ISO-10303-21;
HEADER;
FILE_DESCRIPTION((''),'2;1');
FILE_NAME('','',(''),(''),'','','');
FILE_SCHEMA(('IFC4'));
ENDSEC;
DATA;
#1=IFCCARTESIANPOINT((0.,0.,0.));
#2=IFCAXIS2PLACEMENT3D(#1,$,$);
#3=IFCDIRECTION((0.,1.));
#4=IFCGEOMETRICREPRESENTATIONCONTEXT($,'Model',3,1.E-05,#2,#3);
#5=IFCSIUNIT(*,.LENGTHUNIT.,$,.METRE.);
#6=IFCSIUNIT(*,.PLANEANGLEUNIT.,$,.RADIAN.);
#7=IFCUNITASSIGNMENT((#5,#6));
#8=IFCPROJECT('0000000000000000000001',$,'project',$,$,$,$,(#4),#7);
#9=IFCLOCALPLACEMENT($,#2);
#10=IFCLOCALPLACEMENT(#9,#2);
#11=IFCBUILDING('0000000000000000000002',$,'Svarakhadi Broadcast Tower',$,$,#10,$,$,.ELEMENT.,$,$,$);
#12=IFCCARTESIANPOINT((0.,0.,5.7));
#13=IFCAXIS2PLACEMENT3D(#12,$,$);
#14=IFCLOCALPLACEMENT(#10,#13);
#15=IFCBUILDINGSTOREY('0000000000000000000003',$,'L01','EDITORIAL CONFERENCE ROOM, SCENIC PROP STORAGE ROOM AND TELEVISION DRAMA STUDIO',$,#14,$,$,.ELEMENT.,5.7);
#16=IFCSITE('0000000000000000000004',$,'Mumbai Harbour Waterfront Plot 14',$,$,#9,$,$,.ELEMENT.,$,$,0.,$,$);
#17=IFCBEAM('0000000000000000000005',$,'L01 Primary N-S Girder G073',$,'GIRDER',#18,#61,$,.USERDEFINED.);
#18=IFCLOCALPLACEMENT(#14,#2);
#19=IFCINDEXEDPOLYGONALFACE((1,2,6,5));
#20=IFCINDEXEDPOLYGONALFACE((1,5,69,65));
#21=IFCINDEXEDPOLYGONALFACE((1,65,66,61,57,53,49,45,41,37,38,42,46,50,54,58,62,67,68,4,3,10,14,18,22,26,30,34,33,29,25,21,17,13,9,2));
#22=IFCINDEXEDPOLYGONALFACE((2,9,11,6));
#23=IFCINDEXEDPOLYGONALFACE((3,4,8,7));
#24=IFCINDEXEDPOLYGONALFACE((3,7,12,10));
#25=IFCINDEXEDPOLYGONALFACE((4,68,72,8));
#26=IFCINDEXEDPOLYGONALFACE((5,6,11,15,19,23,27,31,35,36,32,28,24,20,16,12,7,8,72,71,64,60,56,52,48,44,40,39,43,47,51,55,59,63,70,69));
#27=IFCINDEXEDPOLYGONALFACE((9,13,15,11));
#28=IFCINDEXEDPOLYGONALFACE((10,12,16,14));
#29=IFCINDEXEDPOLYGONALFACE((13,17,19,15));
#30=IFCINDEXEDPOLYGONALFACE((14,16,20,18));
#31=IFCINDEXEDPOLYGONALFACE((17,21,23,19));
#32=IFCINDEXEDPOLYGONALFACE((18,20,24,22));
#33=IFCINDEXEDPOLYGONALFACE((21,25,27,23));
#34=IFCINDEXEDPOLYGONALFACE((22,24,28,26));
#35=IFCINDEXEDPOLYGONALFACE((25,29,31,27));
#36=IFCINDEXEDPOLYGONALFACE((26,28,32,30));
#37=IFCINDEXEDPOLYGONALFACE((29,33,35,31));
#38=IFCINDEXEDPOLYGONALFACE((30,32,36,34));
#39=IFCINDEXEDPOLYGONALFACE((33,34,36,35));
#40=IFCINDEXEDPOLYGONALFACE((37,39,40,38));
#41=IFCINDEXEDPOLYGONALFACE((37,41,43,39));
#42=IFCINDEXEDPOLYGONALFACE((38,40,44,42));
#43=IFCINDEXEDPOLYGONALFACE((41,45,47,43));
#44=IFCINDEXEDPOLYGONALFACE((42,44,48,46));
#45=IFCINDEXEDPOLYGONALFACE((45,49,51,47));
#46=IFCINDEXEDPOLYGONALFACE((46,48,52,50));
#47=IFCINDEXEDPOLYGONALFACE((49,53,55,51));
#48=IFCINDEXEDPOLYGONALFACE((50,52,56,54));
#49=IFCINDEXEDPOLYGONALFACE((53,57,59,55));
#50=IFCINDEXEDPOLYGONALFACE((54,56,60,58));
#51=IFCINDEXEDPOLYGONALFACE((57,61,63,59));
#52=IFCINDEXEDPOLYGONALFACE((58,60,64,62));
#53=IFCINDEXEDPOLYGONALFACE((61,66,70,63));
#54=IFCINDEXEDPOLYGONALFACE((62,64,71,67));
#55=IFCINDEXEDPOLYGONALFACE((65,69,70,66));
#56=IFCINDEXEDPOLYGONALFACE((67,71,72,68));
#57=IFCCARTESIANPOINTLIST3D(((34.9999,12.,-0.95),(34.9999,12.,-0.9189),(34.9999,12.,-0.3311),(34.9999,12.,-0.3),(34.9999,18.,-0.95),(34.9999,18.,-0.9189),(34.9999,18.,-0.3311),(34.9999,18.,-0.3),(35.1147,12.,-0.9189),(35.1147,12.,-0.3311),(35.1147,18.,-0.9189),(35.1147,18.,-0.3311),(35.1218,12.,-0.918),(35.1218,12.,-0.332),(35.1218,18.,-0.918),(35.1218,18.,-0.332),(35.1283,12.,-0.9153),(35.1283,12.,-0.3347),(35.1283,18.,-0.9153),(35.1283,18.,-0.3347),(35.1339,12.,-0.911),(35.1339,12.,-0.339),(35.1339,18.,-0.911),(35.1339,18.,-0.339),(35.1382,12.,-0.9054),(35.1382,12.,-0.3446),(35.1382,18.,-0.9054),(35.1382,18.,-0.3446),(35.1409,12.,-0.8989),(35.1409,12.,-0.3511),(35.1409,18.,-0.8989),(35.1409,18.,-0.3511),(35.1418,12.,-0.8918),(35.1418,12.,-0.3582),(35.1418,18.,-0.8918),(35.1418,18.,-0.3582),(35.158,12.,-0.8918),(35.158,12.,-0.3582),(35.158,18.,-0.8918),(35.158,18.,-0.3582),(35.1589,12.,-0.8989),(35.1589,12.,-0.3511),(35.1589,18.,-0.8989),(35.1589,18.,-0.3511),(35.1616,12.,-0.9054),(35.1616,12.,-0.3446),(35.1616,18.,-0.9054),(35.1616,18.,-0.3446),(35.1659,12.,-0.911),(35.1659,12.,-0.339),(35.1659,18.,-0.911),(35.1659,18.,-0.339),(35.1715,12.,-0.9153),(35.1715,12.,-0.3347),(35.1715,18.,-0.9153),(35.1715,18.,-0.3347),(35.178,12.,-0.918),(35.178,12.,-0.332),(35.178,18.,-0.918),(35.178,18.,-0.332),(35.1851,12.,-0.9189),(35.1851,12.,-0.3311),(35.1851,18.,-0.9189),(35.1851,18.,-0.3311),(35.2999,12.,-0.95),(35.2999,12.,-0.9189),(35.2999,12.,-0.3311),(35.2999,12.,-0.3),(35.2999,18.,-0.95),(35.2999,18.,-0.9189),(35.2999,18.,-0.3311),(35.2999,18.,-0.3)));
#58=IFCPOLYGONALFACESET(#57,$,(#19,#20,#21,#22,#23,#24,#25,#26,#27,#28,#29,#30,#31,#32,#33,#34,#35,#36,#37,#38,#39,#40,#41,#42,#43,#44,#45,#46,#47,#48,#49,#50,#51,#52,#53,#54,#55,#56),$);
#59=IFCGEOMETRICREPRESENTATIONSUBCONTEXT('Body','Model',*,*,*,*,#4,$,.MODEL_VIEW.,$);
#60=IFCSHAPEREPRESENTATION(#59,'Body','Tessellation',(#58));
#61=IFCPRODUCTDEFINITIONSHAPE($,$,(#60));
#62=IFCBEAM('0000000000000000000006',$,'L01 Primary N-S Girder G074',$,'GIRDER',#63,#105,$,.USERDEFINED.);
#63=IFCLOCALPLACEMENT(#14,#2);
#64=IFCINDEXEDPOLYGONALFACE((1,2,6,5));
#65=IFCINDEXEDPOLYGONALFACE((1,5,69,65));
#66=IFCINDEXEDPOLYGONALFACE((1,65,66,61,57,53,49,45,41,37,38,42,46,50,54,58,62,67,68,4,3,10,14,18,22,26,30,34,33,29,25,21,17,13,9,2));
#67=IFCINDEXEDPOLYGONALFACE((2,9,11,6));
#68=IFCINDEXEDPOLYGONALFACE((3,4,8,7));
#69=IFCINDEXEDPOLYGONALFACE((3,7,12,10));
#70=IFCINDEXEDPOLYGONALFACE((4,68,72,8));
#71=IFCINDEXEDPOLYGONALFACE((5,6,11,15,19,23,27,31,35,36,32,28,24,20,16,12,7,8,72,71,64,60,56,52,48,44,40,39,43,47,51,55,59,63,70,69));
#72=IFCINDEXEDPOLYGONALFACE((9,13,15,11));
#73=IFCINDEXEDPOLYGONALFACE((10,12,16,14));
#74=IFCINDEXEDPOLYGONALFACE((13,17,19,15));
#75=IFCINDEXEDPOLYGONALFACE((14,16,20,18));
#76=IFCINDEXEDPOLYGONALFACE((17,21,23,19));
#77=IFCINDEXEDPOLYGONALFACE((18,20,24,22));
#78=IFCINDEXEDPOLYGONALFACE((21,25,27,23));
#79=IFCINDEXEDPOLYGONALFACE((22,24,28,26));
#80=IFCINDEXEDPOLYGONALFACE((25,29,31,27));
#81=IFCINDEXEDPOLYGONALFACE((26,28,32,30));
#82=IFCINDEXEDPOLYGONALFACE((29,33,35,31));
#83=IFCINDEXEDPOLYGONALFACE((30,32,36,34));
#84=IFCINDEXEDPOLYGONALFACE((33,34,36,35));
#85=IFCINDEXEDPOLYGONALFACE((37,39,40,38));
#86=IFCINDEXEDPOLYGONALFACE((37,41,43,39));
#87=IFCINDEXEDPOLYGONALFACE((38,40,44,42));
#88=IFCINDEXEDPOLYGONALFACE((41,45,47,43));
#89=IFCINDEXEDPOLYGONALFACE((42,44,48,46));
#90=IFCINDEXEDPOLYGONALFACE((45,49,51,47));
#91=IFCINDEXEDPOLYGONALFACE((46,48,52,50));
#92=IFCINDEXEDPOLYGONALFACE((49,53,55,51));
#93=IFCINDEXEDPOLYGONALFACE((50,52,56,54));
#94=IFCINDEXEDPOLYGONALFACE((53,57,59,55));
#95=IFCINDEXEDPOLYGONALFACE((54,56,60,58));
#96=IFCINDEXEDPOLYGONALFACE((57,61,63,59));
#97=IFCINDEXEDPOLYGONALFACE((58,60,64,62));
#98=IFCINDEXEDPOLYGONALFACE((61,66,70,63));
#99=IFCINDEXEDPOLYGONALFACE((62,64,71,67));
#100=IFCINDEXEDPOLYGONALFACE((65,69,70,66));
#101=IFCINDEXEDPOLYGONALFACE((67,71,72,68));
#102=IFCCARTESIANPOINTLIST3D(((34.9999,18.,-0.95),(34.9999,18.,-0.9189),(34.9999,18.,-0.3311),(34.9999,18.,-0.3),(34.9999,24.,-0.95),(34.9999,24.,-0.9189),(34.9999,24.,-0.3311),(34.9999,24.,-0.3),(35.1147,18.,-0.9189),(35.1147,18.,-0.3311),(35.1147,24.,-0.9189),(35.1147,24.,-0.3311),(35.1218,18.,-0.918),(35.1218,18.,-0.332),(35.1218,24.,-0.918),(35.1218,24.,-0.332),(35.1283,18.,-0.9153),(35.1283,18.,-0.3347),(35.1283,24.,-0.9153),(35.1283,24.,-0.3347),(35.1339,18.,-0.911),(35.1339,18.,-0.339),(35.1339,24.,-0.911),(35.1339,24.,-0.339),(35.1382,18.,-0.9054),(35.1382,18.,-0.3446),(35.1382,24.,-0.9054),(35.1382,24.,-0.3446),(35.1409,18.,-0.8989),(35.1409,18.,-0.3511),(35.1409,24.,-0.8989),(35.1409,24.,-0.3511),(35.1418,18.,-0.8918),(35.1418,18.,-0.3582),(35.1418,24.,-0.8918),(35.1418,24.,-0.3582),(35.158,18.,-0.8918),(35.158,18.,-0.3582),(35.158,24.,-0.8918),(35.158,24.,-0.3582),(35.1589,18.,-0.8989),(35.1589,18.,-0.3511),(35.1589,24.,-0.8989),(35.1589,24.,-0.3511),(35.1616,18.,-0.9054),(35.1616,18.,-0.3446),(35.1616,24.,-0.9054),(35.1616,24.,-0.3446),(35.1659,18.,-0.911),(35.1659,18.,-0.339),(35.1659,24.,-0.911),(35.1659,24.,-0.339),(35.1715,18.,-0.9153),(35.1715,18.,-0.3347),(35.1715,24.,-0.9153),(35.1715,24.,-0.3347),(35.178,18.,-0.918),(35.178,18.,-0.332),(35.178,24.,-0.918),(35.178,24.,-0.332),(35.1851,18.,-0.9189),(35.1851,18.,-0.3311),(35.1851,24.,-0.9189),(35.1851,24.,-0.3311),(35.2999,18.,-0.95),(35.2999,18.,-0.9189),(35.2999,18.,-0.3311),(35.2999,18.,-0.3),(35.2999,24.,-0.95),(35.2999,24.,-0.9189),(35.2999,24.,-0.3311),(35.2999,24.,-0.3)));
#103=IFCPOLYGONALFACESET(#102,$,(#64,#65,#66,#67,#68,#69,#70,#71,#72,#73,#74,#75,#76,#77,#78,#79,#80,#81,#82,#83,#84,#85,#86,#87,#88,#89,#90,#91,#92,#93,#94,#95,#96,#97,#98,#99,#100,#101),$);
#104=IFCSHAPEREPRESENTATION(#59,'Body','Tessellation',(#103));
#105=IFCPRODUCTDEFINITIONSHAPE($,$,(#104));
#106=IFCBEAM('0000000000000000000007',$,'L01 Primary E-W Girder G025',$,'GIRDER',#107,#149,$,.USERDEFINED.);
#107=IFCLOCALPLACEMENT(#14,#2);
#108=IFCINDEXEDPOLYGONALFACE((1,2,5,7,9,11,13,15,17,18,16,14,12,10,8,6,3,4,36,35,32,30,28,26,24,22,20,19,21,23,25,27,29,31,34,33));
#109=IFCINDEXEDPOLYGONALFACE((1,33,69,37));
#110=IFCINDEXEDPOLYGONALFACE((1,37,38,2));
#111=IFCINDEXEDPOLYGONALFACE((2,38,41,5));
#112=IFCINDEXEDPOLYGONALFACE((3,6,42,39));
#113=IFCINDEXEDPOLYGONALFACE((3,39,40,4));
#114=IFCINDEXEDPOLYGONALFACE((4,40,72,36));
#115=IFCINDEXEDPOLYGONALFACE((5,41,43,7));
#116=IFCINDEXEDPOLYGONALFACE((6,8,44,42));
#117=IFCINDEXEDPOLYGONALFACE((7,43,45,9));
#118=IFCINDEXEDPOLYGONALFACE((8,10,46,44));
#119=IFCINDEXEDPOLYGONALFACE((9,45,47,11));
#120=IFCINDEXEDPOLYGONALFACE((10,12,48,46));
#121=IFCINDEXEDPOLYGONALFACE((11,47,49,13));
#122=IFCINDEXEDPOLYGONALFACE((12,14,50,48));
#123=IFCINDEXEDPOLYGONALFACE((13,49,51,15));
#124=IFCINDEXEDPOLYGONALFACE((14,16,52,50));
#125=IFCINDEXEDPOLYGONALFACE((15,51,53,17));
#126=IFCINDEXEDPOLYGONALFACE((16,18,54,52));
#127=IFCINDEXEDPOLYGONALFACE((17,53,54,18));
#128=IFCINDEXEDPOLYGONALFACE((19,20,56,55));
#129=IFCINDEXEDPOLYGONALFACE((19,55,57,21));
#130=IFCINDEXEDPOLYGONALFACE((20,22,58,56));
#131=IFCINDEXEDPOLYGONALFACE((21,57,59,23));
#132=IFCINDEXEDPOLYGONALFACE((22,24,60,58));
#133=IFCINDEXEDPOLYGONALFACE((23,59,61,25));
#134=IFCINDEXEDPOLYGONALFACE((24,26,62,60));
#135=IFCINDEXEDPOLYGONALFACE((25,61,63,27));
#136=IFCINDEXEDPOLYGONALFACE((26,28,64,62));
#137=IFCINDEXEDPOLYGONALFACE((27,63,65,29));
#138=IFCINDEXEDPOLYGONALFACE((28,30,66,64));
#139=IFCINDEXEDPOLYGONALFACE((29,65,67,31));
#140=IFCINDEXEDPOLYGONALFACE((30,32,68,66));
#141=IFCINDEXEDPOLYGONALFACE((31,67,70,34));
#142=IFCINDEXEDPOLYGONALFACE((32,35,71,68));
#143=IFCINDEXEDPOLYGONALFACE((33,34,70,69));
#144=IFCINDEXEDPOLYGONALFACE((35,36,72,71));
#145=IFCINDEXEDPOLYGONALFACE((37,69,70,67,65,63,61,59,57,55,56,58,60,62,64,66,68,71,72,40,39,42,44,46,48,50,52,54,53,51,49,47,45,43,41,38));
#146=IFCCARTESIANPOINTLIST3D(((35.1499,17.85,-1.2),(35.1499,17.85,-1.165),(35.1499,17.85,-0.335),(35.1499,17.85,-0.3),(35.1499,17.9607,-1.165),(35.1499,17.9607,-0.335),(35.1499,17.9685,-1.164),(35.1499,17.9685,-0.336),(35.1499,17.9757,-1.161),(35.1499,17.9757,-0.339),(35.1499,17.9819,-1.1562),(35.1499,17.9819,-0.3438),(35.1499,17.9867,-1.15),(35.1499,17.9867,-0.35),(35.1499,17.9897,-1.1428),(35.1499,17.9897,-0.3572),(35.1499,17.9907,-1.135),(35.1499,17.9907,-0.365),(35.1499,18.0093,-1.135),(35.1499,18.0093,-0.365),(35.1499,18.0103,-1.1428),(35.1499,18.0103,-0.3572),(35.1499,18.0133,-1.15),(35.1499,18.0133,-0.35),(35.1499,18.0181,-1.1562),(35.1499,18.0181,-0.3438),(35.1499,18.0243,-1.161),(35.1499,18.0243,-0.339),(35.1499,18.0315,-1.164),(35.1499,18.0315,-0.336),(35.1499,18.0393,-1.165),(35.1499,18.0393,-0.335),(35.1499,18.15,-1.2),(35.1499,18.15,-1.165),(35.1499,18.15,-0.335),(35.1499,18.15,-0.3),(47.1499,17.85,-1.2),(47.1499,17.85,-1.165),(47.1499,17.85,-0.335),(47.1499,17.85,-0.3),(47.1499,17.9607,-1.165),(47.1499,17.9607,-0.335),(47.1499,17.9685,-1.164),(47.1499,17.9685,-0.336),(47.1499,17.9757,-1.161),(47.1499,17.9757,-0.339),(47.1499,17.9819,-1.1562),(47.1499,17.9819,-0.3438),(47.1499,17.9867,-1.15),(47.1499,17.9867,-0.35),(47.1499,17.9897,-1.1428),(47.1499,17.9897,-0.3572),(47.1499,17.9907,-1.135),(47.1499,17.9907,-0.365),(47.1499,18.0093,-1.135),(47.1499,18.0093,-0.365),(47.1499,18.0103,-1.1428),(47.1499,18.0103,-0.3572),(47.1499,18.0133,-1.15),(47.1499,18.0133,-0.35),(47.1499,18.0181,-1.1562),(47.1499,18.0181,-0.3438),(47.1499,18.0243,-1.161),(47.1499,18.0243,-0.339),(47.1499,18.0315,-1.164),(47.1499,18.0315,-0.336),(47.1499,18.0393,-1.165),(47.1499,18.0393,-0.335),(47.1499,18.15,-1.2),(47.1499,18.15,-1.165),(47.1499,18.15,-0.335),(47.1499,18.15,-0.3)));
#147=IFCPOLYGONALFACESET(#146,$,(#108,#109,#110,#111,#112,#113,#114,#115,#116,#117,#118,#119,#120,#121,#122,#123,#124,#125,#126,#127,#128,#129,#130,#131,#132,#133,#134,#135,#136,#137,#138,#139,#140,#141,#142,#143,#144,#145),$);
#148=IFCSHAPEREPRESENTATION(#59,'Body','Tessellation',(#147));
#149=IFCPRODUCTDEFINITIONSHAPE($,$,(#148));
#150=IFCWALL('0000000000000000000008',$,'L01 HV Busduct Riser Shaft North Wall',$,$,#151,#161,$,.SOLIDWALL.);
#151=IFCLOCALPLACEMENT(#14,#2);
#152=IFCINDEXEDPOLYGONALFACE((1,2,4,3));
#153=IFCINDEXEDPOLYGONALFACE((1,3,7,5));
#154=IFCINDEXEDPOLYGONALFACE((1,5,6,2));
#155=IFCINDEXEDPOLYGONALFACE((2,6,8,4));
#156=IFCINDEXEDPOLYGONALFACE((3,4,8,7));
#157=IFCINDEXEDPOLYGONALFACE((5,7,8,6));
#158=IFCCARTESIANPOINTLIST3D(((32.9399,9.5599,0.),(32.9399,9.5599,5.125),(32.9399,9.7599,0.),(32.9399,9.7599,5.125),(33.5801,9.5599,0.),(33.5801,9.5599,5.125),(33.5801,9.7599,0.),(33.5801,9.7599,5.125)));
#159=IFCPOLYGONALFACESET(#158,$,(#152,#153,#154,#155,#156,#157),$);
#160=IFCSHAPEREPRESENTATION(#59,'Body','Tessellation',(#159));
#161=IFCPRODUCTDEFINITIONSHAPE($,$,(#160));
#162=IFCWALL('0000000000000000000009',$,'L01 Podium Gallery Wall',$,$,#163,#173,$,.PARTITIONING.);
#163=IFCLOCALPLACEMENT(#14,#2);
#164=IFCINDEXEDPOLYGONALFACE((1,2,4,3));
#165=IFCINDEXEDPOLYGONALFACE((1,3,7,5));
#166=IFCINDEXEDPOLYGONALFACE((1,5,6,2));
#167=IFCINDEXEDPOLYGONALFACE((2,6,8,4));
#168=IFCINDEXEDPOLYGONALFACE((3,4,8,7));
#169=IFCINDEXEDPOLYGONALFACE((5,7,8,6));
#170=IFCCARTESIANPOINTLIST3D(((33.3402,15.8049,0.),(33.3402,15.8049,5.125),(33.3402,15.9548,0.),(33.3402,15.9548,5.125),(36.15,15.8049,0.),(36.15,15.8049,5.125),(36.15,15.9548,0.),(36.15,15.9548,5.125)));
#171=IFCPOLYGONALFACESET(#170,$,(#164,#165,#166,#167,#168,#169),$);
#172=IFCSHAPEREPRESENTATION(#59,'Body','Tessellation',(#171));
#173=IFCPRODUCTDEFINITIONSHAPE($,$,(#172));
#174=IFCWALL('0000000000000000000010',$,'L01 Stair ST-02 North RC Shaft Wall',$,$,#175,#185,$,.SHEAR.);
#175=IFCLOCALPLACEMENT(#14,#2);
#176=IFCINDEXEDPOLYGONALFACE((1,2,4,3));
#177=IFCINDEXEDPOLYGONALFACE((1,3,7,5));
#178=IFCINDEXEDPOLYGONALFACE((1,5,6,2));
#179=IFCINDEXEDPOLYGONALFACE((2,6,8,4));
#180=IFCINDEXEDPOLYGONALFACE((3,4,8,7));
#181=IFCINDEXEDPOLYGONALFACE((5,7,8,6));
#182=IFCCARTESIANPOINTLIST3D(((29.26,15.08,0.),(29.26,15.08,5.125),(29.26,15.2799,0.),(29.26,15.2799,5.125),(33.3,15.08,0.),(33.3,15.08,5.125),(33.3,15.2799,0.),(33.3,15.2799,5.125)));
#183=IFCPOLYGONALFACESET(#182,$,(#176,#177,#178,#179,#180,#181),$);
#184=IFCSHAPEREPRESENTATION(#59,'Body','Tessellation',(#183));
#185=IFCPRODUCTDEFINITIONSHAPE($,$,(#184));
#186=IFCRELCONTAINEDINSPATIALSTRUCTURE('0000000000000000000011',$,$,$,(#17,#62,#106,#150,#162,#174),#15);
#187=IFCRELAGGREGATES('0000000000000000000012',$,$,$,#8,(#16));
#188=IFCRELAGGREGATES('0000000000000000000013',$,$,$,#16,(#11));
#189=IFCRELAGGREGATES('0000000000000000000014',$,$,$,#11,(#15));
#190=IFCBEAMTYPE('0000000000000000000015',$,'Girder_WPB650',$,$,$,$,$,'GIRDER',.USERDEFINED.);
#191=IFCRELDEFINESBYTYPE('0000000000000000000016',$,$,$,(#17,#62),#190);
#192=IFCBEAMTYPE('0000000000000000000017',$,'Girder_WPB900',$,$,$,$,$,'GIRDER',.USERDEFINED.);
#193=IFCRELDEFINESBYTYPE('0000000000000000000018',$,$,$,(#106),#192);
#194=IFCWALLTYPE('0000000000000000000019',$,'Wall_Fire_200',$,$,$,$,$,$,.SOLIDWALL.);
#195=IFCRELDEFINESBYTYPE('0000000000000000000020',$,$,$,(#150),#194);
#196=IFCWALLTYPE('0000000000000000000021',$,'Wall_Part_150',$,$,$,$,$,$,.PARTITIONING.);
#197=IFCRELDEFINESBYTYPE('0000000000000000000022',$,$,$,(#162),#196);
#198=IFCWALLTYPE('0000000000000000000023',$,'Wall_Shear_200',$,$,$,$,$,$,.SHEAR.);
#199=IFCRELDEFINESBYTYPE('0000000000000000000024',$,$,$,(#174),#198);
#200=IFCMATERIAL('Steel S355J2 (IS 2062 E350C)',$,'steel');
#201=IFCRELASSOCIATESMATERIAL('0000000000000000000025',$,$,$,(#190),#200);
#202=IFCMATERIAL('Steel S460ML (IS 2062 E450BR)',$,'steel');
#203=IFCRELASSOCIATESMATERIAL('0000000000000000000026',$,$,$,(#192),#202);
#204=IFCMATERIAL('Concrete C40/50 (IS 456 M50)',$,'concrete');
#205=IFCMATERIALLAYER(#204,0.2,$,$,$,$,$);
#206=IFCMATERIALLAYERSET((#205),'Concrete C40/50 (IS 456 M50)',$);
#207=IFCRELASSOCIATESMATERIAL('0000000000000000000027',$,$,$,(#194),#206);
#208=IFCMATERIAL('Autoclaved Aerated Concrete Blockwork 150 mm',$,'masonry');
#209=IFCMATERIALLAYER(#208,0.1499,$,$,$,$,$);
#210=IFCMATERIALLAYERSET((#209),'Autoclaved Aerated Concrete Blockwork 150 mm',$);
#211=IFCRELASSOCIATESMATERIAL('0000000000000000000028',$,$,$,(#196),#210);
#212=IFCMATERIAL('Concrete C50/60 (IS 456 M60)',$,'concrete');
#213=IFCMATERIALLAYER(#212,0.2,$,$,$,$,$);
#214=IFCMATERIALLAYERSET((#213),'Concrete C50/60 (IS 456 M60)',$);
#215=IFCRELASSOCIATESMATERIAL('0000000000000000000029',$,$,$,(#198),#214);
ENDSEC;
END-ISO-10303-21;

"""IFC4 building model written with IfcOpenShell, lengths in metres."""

from ifc_helpers import new_model, si_unit, direction, frame, frame_2d, origin, origin_2d, place, context, subcontext, project, spatial, rectangle, i_section, extrude, material, layer, layer_set, material_profile, profile_set, type_object, element, save


model = new_model("IFC4")

# Units and contexts
model_context = context("Model", 3, precision=1e-05, world=origin(), true_north=direction((0.0, 1.0)))
body_context = subcontext(model_context, "Body", "Model", "MODEL_VIEW")
ifc_project = project(units=[si_unit("LENGTHUNIT", "METRE"), si_unit("PLANEANGLEUNIT", "RADIAN")], contexts=[model_context])

# Site, building, storey
site_placement = place(None, origin())
site = spatial("IfcSite", under=ifc_project, at=site_placement, Name="Mumbai Harbour Waterfront Plot 14", CompositionType="ELEMENT", RefElevation=0.0)
building_placement = place(site_placement, origin())
building = spatial("IfcBuilding", under=site, at=building_placement, Name="Svarakhadi Broadcast Tower", CompositionType="ELEMENT")
storey_placement = place(building_placement, frame((0.0, 0.0, 5.7)))
storey = spatial("IfcBuildingStorey", under=building, at=storey_placement, Name="L01", Description="EDITORIAL CONFERENCE ROOM, SCENIC PROP STORAGE ROOM AND TELEVISION DRAMA STUDIO", CompositionType="ELEMENT", Elevation=5.7)

# Shared definitions
ifc_material_1 = material(Name="Steel S460ML (IS 2062 E450BR)", Category="steel")

# Beams
ifc_material_2 = material(Name="Steel S355J2 (IS 2062 E350C)", Category="steel")
ifc_material_3 = material(Name="Concrete C50/60 (IS 456 M60)", Category="concrete")
ifc_material_profile_1 = material_profile(ifc_material_2, i_section(OverallWidth=0.3, OverallDepth=0.6499, WebThickness=0.0161, FlangeThickness=0.031, FilletRadius=0.0271, at=origin_2d()), Name="WPB 650x300x225")
ifc_profile_set_1 = profile_set([ifc_material_profile_1], Name="Steel S355J2 (IS 2062 E350C)")
beam_type_1 = type_object("IfcBeamType", Name="Girder_WPB650", ElementType="GIRDER", PredefinedType="USERDEFINED", material=ifc_profile_set_1)
for number, where, z_axis, x_axis, name in (
    (1, (35.1499, 12.0, -0.625), (0.0, 1.0, 0.0), (-1.0, 0.0, 0.0), "L01 Primary N-S Girder G073"),
    (2, (35.1499, 18.0, -0.625), (0.0, 1.0, 0.0), (-1.0, 0.0, 0.0), "L01 Primary N-S Girder G074"),
):
    element("IfcBeam", number, at=place(storey_placement, frame(where, z_axis=z_axis, x_axis=x_axis)), inside=storey, type_object=beam_type_1, Name=name, ObjectType="GIRDER", PredefinedType="USERDEFINED", context=body_context, shape_type="SweptSolid", body=[
        extrude(i_section(OverallWidth=0.3, OverallDepth=0.6499, WebThickness=0.0161, FlangeThickness=0.031, FilletRadius=0.0271, at=origin_2d()), origin(), (0.0, 0.0, 1.0), 6.0),
    ])
ifc_material_profile_2 = material_profile(ifc_material_1, i_section(OverallWidth=0.3, OverallDepth=0.8999, WebThickness=0.0186, FlangeThickness=0.0349, FilletRadius=0.03, at=origin_2d()), Name="WPB 900x300x291")
ifc_profile_set_2 = profile_set([ifc_material_profile_2], Name="Steel S460ML (IS 2062 E450BR)")
beam_type_2 = type_object("IfcBeamType", Name="Girder_WPB900", ElementType="GIRDER", PredefinedType="USERDEFINED", material=ifc_profile_set_2)
beam_1_placement = place(storey_placement, frame((35.1499, 18.0, -0.75), z_axis=(1.0, 0.0, 0.0), x_axis=(0.0, 1.0, 0.0)))
element("IfcBeam", 3, at=beam_1_placement, inside=storey, type_object=beam_type_2, Name="L01 Primary E-W Girder G025", ObjectType="GIRDER", PredefinedType="USERDEFINED", context=body_context, shape_type="SweptSolid", body=[
    extrude(i_section(OverallWidth=0.3, OverallDepth=0.8999, WebThickness=0.0186, FlangeThickness=0.0349, FilletRadius=0.03, at=origin_2d()), origin(), (0.0, 0.0, 1.0), 12.0),
])

# Wall
ifc_material_4 = material(Name="Concrete C40/50 (IS 456 M50)", Category="concrete")
ifc_layer_1 = layer(ifc_material_4, 0.2)
ifc_layer_set_1 = layer_set([ifc_layer_1], Name="Concrete C40/50 (IS 456 M50)")
wall_type_1 = type_object("IfcWallType", Name="Wall_Fire_200", PredefinedType="SOLIDWALL", material=ifc_layer_set_1)
wall_1_placement = place(storey_placement, frame((32.9399, 9.6599, 0.0), z_axis=(0.0, 0.0, 1.0), x_axis=(1.0, 0.0, 0.0)))
element("IfcWall", 4, at=wall_1_placement, inside=storey, type_object=wall_type_1, Name="L01 HV Busduct Riser Shaft North Wall", PredefinedType="SOLIDWALL", context=body_context, shape_type="SweptSolid", body=[
    extrude(rectangle(XDim=0.6401, YDim=0.2, at=frame_2d((0.3201, 0.0))), origin(), (0.0, 0.0, 1.0), 5.125),
])

# Shared definitions
ifc_material_5 = material(Name="Autoclaved Aerated Concrete Blockwork 150 mm", Category="masonry")
ifc_layer_2 = layer(ifc_material_5, 0.1499)
ifc_layer_set_2 = layer_set([ifc_layer_2], Name="Autoclaved Aerated Concrete Blockwork 150 mm")
wall_type_2 = type_object("IfcWallType", Name="Wall_Part_150", PredefinedType="PARTITIONING", material=ifc_layer_set_2)

# Walls
wall_2_placement = place(storey_placement, frame((36.1499, 15.8799, 0.0), z_axis=(0.0, 0.0, 1.0), x_axis=(-1.0, 0.0, 0.0)))
element("IfcWall", 5, at=wall_2_placement, inside=storey, type_object=wall_type_2, Name="L01 Podium Gallery Wall", PredefinedType="PARTITIONING", context=body_context, shape_type="SweptSolid", body=[
    extrude(rectangle(XDim=2.8098, YDim=0.1499, at=frame_2d((1.4048, 0.0))), origin(), (0.0, 0.0, 1.0), 5.125),
])
ifc_layer_3 = layer(ifc_material_3, 0.2)
ifc_layer_set_3 = layer_set([ifc_layer_3], Name="Concrete C50/60 (IS 456 M60)")
wall_type_3 = type_object("IfcWallType", Name="Wall_Shear_200", PredefinedType="SHEAR", material=ifc_layer_set_3)
wall_3_placement = place(storey_placement, frame((29.26, 15.1799, 0.0), z_axis=(0.0, 0.0, 1.0), x_axis=(1.0, 0.0, 0.0)))
element("IfcWall", 6, at=wall_3_placement, inside=storey, type_object=wall_type_3, Name="L01 Stair ST-02 North RC Shaft Wall", PredefinedType="SHEAR", context=body_context, shape_type="SweptSolid", body=[
    extrude(rectangle(XDim=4.04, YDim=0.2, at=frame_2d((2.02, 0.0))), origin(), (0.0, 0.0, 1.0), 5.125),
])

save(model, "model.ifc")
